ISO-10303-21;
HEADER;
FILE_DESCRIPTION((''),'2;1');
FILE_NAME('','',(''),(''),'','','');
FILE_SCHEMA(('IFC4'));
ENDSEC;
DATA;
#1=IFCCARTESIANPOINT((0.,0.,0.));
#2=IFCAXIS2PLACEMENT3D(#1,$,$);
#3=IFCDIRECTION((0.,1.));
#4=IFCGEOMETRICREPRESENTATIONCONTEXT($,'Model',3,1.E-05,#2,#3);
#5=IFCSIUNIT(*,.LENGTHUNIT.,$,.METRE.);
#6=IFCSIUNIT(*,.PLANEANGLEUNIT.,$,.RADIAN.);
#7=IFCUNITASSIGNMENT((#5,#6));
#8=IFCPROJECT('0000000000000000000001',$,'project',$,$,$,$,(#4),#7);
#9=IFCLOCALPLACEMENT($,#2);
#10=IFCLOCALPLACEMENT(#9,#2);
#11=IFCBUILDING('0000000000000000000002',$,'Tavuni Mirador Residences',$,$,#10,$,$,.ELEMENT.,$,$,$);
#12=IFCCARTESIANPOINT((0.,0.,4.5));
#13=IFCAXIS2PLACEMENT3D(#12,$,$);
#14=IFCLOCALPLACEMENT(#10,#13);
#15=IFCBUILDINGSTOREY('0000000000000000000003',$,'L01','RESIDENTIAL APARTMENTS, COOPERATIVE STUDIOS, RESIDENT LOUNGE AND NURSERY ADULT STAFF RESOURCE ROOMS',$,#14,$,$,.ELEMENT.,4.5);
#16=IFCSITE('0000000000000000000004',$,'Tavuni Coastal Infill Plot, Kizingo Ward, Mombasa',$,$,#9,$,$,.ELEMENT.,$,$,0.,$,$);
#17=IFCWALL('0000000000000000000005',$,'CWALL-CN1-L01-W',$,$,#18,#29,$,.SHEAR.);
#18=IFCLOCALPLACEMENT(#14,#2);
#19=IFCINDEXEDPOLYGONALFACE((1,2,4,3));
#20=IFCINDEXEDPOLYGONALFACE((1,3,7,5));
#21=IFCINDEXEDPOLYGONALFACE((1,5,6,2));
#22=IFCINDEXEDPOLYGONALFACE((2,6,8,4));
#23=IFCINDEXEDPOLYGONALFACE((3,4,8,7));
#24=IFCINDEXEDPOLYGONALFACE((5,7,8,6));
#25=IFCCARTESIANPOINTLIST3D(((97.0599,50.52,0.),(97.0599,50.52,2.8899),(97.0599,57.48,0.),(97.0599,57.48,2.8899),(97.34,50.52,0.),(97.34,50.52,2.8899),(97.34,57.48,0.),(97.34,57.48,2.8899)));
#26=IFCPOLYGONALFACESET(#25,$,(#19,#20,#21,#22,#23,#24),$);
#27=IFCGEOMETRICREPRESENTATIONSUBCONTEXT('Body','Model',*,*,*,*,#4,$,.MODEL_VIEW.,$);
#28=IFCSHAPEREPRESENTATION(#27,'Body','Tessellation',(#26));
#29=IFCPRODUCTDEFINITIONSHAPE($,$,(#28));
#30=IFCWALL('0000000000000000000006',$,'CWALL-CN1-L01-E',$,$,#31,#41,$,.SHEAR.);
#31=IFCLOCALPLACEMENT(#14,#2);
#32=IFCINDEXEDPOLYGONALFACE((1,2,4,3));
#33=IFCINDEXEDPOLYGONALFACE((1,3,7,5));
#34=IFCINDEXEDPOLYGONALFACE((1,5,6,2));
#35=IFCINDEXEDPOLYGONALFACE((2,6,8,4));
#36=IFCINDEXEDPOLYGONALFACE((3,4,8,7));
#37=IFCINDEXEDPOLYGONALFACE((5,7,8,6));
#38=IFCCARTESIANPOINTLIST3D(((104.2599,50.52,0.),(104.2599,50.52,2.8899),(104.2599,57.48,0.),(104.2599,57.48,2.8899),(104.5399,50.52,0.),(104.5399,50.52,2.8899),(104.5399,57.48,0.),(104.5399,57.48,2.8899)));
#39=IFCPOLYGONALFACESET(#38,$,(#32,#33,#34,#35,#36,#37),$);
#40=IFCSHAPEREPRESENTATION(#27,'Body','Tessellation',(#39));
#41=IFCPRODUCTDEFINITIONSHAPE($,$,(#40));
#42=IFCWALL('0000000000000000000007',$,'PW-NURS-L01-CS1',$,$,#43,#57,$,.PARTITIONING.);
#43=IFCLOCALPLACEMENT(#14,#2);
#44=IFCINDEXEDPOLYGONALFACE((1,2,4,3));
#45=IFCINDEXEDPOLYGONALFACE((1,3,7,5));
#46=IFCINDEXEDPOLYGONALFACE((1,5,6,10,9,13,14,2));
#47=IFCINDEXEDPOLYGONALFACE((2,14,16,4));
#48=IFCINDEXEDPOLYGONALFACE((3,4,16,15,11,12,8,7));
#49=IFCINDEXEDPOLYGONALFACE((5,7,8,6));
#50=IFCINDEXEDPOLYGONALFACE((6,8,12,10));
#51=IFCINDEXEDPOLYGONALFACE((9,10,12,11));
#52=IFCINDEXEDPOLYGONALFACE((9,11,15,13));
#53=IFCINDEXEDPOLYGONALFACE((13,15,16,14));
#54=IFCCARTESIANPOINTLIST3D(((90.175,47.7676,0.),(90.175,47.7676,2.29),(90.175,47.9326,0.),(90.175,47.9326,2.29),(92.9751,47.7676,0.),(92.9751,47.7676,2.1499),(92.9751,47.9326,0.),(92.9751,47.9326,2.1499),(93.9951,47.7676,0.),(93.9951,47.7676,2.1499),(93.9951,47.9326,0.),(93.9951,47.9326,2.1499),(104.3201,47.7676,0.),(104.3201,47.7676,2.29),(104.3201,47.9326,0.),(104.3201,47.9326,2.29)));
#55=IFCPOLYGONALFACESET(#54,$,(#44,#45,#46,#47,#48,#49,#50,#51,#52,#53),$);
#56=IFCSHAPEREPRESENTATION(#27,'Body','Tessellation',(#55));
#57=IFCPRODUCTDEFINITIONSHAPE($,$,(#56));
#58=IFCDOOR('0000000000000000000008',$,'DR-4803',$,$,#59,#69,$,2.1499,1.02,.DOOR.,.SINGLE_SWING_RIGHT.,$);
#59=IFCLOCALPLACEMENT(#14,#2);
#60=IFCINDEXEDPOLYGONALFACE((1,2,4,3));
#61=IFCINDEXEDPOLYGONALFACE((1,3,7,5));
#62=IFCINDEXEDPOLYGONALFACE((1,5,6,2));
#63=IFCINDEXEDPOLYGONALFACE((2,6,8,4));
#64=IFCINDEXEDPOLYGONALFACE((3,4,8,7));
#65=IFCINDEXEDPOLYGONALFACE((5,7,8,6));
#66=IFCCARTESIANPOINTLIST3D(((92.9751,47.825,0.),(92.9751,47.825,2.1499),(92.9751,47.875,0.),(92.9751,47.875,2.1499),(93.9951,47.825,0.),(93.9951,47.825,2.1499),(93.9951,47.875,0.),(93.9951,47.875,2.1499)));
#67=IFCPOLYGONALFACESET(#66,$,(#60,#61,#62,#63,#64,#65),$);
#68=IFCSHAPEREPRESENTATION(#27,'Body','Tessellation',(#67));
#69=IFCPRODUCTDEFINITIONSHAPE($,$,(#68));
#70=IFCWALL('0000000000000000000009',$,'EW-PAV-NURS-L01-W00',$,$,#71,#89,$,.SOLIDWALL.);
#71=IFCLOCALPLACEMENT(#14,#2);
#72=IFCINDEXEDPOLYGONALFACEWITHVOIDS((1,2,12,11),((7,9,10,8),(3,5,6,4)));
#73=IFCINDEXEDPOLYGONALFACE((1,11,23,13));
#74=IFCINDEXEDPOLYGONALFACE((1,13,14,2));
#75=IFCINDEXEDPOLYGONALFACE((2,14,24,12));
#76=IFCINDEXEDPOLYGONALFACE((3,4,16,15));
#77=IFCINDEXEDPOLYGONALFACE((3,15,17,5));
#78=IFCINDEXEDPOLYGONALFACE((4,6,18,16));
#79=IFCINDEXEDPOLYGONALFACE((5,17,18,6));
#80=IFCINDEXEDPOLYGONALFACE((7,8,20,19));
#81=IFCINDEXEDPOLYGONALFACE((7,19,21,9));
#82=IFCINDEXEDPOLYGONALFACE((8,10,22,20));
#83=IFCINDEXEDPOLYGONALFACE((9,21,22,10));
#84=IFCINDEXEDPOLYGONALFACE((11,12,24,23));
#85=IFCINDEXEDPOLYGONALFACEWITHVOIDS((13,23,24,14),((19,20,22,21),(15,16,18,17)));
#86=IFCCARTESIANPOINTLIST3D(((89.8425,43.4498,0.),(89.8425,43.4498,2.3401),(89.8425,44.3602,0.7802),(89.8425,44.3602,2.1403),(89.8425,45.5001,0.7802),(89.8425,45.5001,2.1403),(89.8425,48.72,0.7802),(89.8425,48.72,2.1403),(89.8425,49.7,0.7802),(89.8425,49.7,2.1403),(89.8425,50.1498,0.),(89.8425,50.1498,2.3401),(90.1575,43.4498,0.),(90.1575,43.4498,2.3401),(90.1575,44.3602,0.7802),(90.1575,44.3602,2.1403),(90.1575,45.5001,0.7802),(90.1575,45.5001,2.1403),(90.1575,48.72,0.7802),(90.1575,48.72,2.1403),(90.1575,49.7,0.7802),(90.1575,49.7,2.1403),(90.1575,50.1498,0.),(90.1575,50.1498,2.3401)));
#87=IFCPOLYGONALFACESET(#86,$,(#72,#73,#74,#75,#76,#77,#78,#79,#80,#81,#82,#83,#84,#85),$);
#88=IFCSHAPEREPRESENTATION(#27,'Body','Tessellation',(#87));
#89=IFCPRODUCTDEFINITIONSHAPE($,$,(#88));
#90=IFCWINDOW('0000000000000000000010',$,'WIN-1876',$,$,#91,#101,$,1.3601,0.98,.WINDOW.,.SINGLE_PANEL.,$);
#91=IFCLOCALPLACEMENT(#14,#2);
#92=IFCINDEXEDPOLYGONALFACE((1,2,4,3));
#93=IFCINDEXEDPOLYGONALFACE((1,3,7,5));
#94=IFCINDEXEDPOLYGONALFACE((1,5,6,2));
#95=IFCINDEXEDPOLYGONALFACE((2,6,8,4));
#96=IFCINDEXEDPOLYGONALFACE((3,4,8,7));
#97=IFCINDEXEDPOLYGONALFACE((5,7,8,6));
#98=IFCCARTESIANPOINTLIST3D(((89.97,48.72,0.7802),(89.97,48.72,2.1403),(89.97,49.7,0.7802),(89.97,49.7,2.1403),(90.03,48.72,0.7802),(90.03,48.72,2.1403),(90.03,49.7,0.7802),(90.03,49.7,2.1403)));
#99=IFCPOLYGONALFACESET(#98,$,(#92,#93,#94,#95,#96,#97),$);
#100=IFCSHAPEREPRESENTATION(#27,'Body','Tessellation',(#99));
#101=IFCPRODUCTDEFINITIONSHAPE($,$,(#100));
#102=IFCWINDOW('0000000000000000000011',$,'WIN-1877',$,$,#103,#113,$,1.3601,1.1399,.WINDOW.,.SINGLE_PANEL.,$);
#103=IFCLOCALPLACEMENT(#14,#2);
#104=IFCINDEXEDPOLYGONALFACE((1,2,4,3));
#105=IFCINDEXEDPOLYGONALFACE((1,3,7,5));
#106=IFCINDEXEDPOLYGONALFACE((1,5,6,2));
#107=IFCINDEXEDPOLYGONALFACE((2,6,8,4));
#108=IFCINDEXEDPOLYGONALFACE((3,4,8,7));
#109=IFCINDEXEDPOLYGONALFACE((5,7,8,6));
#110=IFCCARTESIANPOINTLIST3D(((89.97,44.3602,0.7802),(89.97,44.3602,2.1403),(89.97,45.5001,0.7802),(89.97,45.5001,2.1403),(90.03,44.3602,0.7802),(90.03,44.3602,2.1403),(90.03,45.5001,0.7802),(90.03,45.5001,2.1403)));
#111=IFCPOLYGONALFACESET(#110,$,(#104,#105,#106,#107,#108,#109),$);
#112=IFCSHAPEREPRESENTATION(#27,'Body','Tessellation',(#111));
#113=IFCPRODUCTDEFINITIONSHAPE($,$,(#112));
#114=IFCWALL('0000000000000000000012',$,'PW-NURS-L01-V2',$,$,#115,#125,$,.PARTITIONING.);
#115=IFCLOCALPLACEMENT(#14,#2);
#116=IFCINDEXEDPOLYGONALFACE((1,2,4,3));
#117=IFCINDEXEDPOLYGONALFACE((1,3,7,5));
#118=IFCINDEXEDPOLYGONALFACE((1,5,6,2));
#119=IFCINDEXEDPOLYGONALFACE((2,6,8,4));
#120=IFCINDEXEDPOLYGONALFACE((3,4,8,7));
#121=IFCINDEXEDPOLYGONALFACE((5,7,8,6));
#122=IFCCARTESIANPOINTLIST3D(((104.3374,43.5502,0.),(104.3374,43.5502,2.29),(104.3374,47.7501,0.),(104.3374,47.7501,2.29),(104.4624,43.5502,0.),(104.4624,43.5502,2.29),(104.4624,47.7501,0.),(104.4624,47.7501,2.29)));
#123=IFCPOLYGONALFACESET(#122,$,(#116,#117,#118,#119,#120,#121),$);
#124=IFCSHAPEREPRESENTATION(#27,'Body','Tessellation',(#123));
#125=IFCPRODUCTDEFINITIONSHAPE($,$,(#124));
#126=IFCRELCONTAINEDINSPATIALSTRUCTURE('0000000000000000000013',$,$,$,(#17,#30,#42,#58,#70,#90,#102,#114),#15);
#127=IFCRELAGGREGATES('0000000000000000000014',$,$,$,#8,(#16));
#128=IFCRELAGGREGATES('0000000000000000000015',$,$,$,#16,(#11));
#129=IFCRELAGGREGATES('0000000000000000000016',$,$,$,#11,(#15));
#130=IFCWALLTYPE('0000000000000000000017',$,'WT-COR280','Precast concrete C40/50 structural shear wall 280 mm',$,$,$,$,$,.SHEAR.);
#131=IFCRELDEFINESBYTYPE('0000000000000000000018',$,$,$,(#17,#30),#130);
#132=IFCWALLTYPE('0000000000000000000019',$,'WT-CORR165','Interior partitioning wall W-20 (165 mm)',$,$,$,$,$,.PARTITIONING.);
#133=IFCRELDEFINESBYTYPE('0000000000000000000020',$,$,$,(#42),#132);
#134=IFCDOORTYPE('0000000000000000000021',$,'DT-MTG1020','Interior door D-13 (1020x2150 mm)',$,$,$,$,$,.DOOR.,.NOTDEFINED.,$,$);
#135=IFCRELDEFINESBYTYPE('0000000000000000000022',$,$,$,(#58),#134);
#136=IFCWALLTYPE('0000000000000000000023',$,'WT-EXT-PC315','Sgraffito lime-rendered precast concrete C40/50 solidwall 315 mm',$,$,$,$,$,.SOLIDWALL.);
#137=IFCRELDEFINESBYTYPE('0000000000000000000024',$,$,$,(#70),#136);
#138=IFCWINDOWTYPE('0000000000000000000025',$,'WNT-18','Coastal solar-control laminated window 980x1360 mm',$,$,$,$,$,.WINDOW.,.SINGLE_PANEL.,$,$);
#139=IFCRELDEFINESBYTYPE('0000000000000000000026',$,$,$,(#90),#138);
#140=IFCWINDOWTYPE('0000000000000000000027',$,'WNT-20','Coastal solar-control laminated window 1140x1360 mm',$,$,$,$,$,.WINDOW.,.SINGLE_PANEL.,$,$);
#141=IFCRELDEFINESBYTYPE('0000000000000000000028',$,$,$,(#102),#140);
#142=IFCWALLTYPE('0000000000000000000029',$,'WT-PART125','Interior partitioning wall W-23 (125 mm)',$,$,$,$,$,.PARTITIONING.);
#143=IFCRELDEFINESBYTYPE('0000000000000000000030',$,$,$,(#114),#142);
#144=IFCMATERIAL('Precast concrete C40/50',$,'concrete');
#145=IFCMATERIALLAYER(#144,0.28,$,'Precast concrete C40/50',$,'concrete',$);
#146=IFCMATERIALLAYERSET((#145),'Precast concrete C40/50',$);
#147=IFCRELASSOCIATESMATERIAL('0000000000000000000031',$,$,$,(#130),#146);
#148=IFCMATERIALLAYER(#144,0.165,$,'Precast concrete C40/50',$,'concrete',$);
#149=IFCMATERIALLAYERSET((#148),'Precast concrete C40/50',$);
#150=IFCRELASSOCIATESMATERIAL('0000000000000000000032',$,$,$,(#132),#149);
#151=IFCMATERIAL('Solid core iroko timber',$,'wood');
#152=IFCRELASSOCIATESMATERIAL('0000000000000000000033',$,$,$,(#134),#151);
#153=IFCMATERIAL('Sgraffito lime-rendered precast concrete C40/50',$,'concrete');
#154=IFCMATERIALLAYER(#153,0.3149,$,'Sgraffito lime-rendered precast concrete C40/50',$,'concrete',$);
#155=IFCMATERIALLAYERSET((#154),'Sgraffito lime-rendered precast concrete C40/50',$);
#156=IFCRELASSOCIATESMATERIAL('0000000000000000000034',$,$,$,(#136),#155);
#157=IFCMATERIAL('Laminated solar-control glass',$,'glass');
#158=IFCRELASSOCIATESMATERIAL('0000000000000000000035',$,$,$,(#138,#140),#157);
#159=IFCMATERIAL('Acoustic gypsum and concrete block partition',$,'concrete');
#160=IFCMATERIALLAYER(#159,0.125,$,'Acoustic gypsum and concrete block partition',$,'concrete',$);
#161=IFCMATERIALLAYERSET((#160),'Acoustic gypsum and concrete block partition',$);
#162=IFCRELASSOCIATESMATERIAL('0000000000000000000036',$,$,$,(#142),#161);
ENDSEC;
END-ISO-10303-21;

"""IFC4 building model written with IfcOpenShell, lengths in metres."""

from ifc_helpers import new_model, si_unit, direction, frame, frame_2d, origin, place, context, subcontext, project, spatial, rectangle, extrude, material, layer, layer_set, type_object, element, fill, save


model = new_model("IFC4")

# Units and contexts
model_context = context("Model", 3, precision=1e-05, world=origin(), true_north=direction((0.0, 1.0)))
body_context = subcontext(model_context, "Body", "Model", "MODEL_VIEW")
ifc_project = project(units=[si_unit("LENGTHUNIT", "METRE"), si_unit("PLANEANGLEUNIT", "RADIAN")], contexts=[model_context])

# Site, building, storey
site_placement = place(None, origin())
site = spatial("IfcSite", under=ifc_project, at=site_placement, Name="Tavuni Coastal Infill Plot, Kizingo Ward, Mombasa", CompositionType="ELEMENT", RefElevation=0.0)
building_placement = place(site_placement, origin())
building = spatial("IfcBuilding", under=site, at=building_placement, Name="Tavuni Mirador Residences", CompositionType="ELEMENT")
storey_placement = place(building_placement, frame((0.0, 0.0, 4.5)))
storey = spatial("IfcBuildingStorey", under=building, at=storey_placement, Name="L01", Description="RESIDENTIAL APARTMENTS, COOPERATIVE STUDIOS, RESIDENT LOUNGE AND NURSERY ADULT STAFF RESOURCE ROOMS", CompositionType="ELEMENT", Elevation=4.5)

# Shared definitions
ifc_material_1 = material(Name="Precast concrete C40/50", Category="concrete")

# Shared definitions
ifc_material_2 = material(Name="Solid core iroko timber", Category="wood")

# Walls
ifc_layer_1 = layer(ifc_material_1, 0.28, Name="Precast concrete C40/50", Category="concrete")
ifc_layer_set_1 = layer_set([ifc_layer_1], Name="Precast concrete C40/50")
wall_type_1 = type_object("IfcWallType", Name="WT-COR280", Description="Precast concrete C40/50 structural shear wall 280 mm", PredefinedType="SHEAR", material=ifc_layer_set_1)
for number, where, z_axis, x_axis, name in (
    (1, (97.2, 50.52, 0.0), (0.0, 0.0, 1.0), (0.0, 1.0, 0.0), "CWALL-CN1-L01-W"),
    (2, (104.3999, 50.52, 0.0), (0.0, 0.0, 1.0), (0.0, 1.0, 0.0), "CWALL-CN1-L01-E"),
):
    element("IfcWall", number, at=place(storey_placement, frame(where, z_axis=z_axis, x_axis=x_axis)), inside=storey, type_object=wall_type_1, Name=name, PredefinedType="SHEAR", context=body_context, shape_type="SweptSolid", body=[
        extrude(rectangle(XDim=6.96, YDim=0.28, at=frame_2d((3.48, 0.0))), origin(), (0.0, 0.0, 1.0), 2.8899),
    ])

# Wall, opening, door
ifc_layer_2 = layer(ifc_material_1, 0.165, Name="Precast concrete C40/50", Category="concrete")
ifc_layer_set_2 = layer_set([ifc_layer_2], Name="Precast concrete C40/50")
wall_type_2 = type_object("IfcWallType", Name="WT-CORR165", Description="Interior partitioning wall W-20 (165 mm)", PredefinedType="PARTITIONING", material=ifc_layer_set_2)
wall_1_placement = place(storey_placement, frame((90.175, 47.8501, 0.0), z_axis=(0.0, 0.0, 1.0), x_axis=(1.0, 0.0, 0.0)))
wall_1 = element("IfcWall", 3, at=wall_1_placement, inside=storey, type_object=wall_type_2, Name="PW-NURS-L01-CS1", PredefinedType="PARTITIONING", context=body_context, shape_type="SweptSolid", body=[
    extrude(rectangle(XDim=14.145, YDim=0.165, at=frame_2d((7.0725, 0.0))), origin(), (0.0, 0.0, 1.0), 2.29),
])
opening_1_placement = place(wall_1_placement, frame((2.8, 0.0, 0.0)))
opening_1 = element("IfcOpeningElement", 4, at=opening_1_placement, cuts=wall_1, PredefinedType="OPENING", context=body_context, shape_type="SweptSolid", body=[
    extrude(rectangle(XDim=1.02, YDim=2.1499, at=frame_2d((0.51, 1.075))), frame((0.0, 0.0925, 0.0), z_axis=(0.0, -1.0, 0.0), x_axis=(1.0, 0.0, 0.0)), (0.0, 0.0, 1.0), 0.1851),
])
door_type_1 = type_object("IfcDoorType", Name="DT-MTG1020", Description="Interior door D-13 (1020x2150 mm)", OperationType="NOTDEFINED", PredefinedType="DOOR", material=ifc_material_2)
door_1_placement = place(opening_1_placement, origin())
door_1 = element("IfcDoor", 5, at=door_1_placement, inside=storey, type_object=door_type_1, Name="DR-4803", OperationType="SINGLE_SWING_RIGHT", OverallHeight=2.1499, OverallWidth=1.02, PredefinedType="DOOR", context=body_context, shape_type="SweptSolid", body=[
    extrude(rectangle(XDim=1.02, YDim=2.1499, at=frame_2d((0.51, 1.075))), frame((0.0, 0.0249, 0.0), z_axis=(0.0, -1.0, 0.0), x_axis=(1.0, 0.0, 0.0)), (0.0, 0.0, 1.0), 0.05),
])
fill(opening_1, door_1)

# Wall, openings, windows
ifc_material_3 = material(Name="Sgraffito lime-rendered precast concrete C40/50", Category="concrete")
ifc_layer_3 = layer(ifc_material_3, 0.3149, Name="Sgraffito lime-rendered precast concrete C40/50", Category="concrete")
ifc_layer_set_3 = layer_set([ifc_layer_3], Name="Sgraffito lime-rendered precast concrete C40/50")
wall_type_3 = type_object("IfcWallType", Name="WT-EXT-PC315", Description="Sgraffito lime-rendered precast concrete C40/50 solidwall 315 mm", PredefinedType="SOLIDWALL", material=ifc_layer_set_3)
wall_2_placement = place(storey_placement, frame((90.0, 50.1499, 0.0), z_axis=(0.0, 0.0, 1.0), x_axis=(0.0, -1.0, 0.0)))
wall_2 = element("IfcWall", 6, at=wall_2_placement, inside=storey, type_object=wall_type_3, Name="EW-PAV-NURS-L01-W00", PredefinedType="SOLIDWALL", context=body_context, shape_type="SweptSolid", body=[
    extrude(rectangle(XDim=6.7, YDim=0.3149, at=frame_2d((3.3501, 0.0))), origin(), (0.0, 0.0, 1.0), 2.3401),
])
opening_2_placement = place(wall_2_placement, frame((0.45, 0.0, 0.78)))
opening_2 = element("IfcOpeningElement", 7, at=opening_2_placement, cuts=wall_2, PredefinedType="OPENING", context=body_context, shape_type="SweptSolid", body=[
    extrude(rectangle(XDim=0.98, YDim=1.3601, at=frame_2d((0.49, 0.6802))), frame((0.0, 0.1675, 0.0), z_axis=(0.0, -1.0, 0.0), x_axis=(1.0, 0.0, 0.0)), (0.0, 0.0, 1.0), 0.335),
])
opening_3_placement = place(wall_2_placement, frame((4.6499, 0.0, 0.78)))
opening_3 = element("IfcOpeningElement", 8, at=opening_3_placement, cuts=wall_2, PredefinedType="OPENING", context=body_context, shape_type="SweptSolid", body=[
    extrude(rectangle(XDim=1.1399, YDim=1.3601, at=frame_2d((0.5698, 0.6802))), frame((0.0, 0.1675, 0.0), z_axis=(0.0, -1.0, 0.0), x_axis=(1.0, 0.0, 0.0)), (0.0, 0.0, 1.0), 0.335),
])
ifc_material_4 = material(Name="Laminated solar-control glass", Category="glass")
window_type_1 = type_object("IfcWindowType", Name="WNT-18", Description="Coastal solar-control laminated window 980x1360 mm", PartitioningType="SINGLE_PANEL", PredefinedType="WINDOW", material=ifc_material_4)
window_1_placement = place(opening_2_placement, origin())
window_1 = element("IfcWindow", 9, at=window_1_placement, inside=storey, type_object=window_type_1, Name="WIN-1876", OverallHeight=1.3601, OverallWidth=0.98, PartitioningType="SINGLE_PANEL", PredefinedType="WINDOW", context=body_context, shape_type="SweptSolid", body=[
    extrude(rectangle(XDim=0.98, YDim=1.3601, at=frame_2d((0.49, 0.6802))), frame((0.0, 0.03, 0.0), z_axis=(0.0, -1.0, 0.0), x_axis=(1.0, 0.0, 0.0)), (0.0, 0.0, 1.0), 0.0601),
])
fill(opening_2, window_1)
window_type_2 = type_object("IfcWindowType", Name="WNT-20", Description="Coastal solar-control laminated window 1140x1360 mm", PartitioningType="SINGLE_PANEL", PredefinedType="WINDOW", material=ifc_material_4)
window_2_placement = place(opening_3_placement, origin())
window_2 = element("IfcWindow", 10, at=window_2_placement, inside=storey, type_object=window_type_2, Name="WIN-1877", OverallHeight=1.3601, OverallWidth=1.1399, PartitioningType="SINGLE_PANEL", PredefinedType="WINDOW", context=body_context, shape_type="SweptSolid", body=[
    extrude(rectangle(XDim=1.1399, YDim=1.3601, at=frame_2d((0.5698, 0.6802))), frame((0.0, 0.03, 0.0), z_axis=(0.0, -1.0, 0.0), x_axis=(1.0, 0.0, 0.0)), (0.0, 0.0, 1.0), 0.0601),
])
fill(opening_3, window_2)

# Wall
ifc_material_5 = material(Name="Acoustic gypsum and concrete block partition", Category="concrete")
ifc_layer_4 = layer(ifc_material_5, 0.125, Name="Acoustic gypsum and concrete block partition", Category="concrete")
ifc_layer_set_4 = layer_set([ifc_layer_4], Name="Acoustic gypsum and concrete block partition")
wall_type_4 = type_object("IfcWallType", Name="WT-PART125", Description="Interior partitioning wall W-23 (125 mm)", PredefinedType="PARTITIONING", material=ifc_layer_set_4)
wall_3_placement = place(storey_placement, frame((104.3999, 43.55, 0.0), z_axis=(0.0, 0.0, 1.0), x_axis=(0.0, 1.0, 0.0)))
element("IfcWall", 11, at=wall_3_placement, inside=storey, type_object=wall_type_4, Name="PW-NURS-L01-V2", PredefinedType="PARTITIONING", context=body_context, shape_type="SweptSolid", body=[
    extrude(rectangle(XDim=4.2, YDim=0.125, at=frame_2d((2.1001, 0.0))), origin(), (0.0, 0.0, 1.0), 2.29),
])

save(model, "model.ifc")
